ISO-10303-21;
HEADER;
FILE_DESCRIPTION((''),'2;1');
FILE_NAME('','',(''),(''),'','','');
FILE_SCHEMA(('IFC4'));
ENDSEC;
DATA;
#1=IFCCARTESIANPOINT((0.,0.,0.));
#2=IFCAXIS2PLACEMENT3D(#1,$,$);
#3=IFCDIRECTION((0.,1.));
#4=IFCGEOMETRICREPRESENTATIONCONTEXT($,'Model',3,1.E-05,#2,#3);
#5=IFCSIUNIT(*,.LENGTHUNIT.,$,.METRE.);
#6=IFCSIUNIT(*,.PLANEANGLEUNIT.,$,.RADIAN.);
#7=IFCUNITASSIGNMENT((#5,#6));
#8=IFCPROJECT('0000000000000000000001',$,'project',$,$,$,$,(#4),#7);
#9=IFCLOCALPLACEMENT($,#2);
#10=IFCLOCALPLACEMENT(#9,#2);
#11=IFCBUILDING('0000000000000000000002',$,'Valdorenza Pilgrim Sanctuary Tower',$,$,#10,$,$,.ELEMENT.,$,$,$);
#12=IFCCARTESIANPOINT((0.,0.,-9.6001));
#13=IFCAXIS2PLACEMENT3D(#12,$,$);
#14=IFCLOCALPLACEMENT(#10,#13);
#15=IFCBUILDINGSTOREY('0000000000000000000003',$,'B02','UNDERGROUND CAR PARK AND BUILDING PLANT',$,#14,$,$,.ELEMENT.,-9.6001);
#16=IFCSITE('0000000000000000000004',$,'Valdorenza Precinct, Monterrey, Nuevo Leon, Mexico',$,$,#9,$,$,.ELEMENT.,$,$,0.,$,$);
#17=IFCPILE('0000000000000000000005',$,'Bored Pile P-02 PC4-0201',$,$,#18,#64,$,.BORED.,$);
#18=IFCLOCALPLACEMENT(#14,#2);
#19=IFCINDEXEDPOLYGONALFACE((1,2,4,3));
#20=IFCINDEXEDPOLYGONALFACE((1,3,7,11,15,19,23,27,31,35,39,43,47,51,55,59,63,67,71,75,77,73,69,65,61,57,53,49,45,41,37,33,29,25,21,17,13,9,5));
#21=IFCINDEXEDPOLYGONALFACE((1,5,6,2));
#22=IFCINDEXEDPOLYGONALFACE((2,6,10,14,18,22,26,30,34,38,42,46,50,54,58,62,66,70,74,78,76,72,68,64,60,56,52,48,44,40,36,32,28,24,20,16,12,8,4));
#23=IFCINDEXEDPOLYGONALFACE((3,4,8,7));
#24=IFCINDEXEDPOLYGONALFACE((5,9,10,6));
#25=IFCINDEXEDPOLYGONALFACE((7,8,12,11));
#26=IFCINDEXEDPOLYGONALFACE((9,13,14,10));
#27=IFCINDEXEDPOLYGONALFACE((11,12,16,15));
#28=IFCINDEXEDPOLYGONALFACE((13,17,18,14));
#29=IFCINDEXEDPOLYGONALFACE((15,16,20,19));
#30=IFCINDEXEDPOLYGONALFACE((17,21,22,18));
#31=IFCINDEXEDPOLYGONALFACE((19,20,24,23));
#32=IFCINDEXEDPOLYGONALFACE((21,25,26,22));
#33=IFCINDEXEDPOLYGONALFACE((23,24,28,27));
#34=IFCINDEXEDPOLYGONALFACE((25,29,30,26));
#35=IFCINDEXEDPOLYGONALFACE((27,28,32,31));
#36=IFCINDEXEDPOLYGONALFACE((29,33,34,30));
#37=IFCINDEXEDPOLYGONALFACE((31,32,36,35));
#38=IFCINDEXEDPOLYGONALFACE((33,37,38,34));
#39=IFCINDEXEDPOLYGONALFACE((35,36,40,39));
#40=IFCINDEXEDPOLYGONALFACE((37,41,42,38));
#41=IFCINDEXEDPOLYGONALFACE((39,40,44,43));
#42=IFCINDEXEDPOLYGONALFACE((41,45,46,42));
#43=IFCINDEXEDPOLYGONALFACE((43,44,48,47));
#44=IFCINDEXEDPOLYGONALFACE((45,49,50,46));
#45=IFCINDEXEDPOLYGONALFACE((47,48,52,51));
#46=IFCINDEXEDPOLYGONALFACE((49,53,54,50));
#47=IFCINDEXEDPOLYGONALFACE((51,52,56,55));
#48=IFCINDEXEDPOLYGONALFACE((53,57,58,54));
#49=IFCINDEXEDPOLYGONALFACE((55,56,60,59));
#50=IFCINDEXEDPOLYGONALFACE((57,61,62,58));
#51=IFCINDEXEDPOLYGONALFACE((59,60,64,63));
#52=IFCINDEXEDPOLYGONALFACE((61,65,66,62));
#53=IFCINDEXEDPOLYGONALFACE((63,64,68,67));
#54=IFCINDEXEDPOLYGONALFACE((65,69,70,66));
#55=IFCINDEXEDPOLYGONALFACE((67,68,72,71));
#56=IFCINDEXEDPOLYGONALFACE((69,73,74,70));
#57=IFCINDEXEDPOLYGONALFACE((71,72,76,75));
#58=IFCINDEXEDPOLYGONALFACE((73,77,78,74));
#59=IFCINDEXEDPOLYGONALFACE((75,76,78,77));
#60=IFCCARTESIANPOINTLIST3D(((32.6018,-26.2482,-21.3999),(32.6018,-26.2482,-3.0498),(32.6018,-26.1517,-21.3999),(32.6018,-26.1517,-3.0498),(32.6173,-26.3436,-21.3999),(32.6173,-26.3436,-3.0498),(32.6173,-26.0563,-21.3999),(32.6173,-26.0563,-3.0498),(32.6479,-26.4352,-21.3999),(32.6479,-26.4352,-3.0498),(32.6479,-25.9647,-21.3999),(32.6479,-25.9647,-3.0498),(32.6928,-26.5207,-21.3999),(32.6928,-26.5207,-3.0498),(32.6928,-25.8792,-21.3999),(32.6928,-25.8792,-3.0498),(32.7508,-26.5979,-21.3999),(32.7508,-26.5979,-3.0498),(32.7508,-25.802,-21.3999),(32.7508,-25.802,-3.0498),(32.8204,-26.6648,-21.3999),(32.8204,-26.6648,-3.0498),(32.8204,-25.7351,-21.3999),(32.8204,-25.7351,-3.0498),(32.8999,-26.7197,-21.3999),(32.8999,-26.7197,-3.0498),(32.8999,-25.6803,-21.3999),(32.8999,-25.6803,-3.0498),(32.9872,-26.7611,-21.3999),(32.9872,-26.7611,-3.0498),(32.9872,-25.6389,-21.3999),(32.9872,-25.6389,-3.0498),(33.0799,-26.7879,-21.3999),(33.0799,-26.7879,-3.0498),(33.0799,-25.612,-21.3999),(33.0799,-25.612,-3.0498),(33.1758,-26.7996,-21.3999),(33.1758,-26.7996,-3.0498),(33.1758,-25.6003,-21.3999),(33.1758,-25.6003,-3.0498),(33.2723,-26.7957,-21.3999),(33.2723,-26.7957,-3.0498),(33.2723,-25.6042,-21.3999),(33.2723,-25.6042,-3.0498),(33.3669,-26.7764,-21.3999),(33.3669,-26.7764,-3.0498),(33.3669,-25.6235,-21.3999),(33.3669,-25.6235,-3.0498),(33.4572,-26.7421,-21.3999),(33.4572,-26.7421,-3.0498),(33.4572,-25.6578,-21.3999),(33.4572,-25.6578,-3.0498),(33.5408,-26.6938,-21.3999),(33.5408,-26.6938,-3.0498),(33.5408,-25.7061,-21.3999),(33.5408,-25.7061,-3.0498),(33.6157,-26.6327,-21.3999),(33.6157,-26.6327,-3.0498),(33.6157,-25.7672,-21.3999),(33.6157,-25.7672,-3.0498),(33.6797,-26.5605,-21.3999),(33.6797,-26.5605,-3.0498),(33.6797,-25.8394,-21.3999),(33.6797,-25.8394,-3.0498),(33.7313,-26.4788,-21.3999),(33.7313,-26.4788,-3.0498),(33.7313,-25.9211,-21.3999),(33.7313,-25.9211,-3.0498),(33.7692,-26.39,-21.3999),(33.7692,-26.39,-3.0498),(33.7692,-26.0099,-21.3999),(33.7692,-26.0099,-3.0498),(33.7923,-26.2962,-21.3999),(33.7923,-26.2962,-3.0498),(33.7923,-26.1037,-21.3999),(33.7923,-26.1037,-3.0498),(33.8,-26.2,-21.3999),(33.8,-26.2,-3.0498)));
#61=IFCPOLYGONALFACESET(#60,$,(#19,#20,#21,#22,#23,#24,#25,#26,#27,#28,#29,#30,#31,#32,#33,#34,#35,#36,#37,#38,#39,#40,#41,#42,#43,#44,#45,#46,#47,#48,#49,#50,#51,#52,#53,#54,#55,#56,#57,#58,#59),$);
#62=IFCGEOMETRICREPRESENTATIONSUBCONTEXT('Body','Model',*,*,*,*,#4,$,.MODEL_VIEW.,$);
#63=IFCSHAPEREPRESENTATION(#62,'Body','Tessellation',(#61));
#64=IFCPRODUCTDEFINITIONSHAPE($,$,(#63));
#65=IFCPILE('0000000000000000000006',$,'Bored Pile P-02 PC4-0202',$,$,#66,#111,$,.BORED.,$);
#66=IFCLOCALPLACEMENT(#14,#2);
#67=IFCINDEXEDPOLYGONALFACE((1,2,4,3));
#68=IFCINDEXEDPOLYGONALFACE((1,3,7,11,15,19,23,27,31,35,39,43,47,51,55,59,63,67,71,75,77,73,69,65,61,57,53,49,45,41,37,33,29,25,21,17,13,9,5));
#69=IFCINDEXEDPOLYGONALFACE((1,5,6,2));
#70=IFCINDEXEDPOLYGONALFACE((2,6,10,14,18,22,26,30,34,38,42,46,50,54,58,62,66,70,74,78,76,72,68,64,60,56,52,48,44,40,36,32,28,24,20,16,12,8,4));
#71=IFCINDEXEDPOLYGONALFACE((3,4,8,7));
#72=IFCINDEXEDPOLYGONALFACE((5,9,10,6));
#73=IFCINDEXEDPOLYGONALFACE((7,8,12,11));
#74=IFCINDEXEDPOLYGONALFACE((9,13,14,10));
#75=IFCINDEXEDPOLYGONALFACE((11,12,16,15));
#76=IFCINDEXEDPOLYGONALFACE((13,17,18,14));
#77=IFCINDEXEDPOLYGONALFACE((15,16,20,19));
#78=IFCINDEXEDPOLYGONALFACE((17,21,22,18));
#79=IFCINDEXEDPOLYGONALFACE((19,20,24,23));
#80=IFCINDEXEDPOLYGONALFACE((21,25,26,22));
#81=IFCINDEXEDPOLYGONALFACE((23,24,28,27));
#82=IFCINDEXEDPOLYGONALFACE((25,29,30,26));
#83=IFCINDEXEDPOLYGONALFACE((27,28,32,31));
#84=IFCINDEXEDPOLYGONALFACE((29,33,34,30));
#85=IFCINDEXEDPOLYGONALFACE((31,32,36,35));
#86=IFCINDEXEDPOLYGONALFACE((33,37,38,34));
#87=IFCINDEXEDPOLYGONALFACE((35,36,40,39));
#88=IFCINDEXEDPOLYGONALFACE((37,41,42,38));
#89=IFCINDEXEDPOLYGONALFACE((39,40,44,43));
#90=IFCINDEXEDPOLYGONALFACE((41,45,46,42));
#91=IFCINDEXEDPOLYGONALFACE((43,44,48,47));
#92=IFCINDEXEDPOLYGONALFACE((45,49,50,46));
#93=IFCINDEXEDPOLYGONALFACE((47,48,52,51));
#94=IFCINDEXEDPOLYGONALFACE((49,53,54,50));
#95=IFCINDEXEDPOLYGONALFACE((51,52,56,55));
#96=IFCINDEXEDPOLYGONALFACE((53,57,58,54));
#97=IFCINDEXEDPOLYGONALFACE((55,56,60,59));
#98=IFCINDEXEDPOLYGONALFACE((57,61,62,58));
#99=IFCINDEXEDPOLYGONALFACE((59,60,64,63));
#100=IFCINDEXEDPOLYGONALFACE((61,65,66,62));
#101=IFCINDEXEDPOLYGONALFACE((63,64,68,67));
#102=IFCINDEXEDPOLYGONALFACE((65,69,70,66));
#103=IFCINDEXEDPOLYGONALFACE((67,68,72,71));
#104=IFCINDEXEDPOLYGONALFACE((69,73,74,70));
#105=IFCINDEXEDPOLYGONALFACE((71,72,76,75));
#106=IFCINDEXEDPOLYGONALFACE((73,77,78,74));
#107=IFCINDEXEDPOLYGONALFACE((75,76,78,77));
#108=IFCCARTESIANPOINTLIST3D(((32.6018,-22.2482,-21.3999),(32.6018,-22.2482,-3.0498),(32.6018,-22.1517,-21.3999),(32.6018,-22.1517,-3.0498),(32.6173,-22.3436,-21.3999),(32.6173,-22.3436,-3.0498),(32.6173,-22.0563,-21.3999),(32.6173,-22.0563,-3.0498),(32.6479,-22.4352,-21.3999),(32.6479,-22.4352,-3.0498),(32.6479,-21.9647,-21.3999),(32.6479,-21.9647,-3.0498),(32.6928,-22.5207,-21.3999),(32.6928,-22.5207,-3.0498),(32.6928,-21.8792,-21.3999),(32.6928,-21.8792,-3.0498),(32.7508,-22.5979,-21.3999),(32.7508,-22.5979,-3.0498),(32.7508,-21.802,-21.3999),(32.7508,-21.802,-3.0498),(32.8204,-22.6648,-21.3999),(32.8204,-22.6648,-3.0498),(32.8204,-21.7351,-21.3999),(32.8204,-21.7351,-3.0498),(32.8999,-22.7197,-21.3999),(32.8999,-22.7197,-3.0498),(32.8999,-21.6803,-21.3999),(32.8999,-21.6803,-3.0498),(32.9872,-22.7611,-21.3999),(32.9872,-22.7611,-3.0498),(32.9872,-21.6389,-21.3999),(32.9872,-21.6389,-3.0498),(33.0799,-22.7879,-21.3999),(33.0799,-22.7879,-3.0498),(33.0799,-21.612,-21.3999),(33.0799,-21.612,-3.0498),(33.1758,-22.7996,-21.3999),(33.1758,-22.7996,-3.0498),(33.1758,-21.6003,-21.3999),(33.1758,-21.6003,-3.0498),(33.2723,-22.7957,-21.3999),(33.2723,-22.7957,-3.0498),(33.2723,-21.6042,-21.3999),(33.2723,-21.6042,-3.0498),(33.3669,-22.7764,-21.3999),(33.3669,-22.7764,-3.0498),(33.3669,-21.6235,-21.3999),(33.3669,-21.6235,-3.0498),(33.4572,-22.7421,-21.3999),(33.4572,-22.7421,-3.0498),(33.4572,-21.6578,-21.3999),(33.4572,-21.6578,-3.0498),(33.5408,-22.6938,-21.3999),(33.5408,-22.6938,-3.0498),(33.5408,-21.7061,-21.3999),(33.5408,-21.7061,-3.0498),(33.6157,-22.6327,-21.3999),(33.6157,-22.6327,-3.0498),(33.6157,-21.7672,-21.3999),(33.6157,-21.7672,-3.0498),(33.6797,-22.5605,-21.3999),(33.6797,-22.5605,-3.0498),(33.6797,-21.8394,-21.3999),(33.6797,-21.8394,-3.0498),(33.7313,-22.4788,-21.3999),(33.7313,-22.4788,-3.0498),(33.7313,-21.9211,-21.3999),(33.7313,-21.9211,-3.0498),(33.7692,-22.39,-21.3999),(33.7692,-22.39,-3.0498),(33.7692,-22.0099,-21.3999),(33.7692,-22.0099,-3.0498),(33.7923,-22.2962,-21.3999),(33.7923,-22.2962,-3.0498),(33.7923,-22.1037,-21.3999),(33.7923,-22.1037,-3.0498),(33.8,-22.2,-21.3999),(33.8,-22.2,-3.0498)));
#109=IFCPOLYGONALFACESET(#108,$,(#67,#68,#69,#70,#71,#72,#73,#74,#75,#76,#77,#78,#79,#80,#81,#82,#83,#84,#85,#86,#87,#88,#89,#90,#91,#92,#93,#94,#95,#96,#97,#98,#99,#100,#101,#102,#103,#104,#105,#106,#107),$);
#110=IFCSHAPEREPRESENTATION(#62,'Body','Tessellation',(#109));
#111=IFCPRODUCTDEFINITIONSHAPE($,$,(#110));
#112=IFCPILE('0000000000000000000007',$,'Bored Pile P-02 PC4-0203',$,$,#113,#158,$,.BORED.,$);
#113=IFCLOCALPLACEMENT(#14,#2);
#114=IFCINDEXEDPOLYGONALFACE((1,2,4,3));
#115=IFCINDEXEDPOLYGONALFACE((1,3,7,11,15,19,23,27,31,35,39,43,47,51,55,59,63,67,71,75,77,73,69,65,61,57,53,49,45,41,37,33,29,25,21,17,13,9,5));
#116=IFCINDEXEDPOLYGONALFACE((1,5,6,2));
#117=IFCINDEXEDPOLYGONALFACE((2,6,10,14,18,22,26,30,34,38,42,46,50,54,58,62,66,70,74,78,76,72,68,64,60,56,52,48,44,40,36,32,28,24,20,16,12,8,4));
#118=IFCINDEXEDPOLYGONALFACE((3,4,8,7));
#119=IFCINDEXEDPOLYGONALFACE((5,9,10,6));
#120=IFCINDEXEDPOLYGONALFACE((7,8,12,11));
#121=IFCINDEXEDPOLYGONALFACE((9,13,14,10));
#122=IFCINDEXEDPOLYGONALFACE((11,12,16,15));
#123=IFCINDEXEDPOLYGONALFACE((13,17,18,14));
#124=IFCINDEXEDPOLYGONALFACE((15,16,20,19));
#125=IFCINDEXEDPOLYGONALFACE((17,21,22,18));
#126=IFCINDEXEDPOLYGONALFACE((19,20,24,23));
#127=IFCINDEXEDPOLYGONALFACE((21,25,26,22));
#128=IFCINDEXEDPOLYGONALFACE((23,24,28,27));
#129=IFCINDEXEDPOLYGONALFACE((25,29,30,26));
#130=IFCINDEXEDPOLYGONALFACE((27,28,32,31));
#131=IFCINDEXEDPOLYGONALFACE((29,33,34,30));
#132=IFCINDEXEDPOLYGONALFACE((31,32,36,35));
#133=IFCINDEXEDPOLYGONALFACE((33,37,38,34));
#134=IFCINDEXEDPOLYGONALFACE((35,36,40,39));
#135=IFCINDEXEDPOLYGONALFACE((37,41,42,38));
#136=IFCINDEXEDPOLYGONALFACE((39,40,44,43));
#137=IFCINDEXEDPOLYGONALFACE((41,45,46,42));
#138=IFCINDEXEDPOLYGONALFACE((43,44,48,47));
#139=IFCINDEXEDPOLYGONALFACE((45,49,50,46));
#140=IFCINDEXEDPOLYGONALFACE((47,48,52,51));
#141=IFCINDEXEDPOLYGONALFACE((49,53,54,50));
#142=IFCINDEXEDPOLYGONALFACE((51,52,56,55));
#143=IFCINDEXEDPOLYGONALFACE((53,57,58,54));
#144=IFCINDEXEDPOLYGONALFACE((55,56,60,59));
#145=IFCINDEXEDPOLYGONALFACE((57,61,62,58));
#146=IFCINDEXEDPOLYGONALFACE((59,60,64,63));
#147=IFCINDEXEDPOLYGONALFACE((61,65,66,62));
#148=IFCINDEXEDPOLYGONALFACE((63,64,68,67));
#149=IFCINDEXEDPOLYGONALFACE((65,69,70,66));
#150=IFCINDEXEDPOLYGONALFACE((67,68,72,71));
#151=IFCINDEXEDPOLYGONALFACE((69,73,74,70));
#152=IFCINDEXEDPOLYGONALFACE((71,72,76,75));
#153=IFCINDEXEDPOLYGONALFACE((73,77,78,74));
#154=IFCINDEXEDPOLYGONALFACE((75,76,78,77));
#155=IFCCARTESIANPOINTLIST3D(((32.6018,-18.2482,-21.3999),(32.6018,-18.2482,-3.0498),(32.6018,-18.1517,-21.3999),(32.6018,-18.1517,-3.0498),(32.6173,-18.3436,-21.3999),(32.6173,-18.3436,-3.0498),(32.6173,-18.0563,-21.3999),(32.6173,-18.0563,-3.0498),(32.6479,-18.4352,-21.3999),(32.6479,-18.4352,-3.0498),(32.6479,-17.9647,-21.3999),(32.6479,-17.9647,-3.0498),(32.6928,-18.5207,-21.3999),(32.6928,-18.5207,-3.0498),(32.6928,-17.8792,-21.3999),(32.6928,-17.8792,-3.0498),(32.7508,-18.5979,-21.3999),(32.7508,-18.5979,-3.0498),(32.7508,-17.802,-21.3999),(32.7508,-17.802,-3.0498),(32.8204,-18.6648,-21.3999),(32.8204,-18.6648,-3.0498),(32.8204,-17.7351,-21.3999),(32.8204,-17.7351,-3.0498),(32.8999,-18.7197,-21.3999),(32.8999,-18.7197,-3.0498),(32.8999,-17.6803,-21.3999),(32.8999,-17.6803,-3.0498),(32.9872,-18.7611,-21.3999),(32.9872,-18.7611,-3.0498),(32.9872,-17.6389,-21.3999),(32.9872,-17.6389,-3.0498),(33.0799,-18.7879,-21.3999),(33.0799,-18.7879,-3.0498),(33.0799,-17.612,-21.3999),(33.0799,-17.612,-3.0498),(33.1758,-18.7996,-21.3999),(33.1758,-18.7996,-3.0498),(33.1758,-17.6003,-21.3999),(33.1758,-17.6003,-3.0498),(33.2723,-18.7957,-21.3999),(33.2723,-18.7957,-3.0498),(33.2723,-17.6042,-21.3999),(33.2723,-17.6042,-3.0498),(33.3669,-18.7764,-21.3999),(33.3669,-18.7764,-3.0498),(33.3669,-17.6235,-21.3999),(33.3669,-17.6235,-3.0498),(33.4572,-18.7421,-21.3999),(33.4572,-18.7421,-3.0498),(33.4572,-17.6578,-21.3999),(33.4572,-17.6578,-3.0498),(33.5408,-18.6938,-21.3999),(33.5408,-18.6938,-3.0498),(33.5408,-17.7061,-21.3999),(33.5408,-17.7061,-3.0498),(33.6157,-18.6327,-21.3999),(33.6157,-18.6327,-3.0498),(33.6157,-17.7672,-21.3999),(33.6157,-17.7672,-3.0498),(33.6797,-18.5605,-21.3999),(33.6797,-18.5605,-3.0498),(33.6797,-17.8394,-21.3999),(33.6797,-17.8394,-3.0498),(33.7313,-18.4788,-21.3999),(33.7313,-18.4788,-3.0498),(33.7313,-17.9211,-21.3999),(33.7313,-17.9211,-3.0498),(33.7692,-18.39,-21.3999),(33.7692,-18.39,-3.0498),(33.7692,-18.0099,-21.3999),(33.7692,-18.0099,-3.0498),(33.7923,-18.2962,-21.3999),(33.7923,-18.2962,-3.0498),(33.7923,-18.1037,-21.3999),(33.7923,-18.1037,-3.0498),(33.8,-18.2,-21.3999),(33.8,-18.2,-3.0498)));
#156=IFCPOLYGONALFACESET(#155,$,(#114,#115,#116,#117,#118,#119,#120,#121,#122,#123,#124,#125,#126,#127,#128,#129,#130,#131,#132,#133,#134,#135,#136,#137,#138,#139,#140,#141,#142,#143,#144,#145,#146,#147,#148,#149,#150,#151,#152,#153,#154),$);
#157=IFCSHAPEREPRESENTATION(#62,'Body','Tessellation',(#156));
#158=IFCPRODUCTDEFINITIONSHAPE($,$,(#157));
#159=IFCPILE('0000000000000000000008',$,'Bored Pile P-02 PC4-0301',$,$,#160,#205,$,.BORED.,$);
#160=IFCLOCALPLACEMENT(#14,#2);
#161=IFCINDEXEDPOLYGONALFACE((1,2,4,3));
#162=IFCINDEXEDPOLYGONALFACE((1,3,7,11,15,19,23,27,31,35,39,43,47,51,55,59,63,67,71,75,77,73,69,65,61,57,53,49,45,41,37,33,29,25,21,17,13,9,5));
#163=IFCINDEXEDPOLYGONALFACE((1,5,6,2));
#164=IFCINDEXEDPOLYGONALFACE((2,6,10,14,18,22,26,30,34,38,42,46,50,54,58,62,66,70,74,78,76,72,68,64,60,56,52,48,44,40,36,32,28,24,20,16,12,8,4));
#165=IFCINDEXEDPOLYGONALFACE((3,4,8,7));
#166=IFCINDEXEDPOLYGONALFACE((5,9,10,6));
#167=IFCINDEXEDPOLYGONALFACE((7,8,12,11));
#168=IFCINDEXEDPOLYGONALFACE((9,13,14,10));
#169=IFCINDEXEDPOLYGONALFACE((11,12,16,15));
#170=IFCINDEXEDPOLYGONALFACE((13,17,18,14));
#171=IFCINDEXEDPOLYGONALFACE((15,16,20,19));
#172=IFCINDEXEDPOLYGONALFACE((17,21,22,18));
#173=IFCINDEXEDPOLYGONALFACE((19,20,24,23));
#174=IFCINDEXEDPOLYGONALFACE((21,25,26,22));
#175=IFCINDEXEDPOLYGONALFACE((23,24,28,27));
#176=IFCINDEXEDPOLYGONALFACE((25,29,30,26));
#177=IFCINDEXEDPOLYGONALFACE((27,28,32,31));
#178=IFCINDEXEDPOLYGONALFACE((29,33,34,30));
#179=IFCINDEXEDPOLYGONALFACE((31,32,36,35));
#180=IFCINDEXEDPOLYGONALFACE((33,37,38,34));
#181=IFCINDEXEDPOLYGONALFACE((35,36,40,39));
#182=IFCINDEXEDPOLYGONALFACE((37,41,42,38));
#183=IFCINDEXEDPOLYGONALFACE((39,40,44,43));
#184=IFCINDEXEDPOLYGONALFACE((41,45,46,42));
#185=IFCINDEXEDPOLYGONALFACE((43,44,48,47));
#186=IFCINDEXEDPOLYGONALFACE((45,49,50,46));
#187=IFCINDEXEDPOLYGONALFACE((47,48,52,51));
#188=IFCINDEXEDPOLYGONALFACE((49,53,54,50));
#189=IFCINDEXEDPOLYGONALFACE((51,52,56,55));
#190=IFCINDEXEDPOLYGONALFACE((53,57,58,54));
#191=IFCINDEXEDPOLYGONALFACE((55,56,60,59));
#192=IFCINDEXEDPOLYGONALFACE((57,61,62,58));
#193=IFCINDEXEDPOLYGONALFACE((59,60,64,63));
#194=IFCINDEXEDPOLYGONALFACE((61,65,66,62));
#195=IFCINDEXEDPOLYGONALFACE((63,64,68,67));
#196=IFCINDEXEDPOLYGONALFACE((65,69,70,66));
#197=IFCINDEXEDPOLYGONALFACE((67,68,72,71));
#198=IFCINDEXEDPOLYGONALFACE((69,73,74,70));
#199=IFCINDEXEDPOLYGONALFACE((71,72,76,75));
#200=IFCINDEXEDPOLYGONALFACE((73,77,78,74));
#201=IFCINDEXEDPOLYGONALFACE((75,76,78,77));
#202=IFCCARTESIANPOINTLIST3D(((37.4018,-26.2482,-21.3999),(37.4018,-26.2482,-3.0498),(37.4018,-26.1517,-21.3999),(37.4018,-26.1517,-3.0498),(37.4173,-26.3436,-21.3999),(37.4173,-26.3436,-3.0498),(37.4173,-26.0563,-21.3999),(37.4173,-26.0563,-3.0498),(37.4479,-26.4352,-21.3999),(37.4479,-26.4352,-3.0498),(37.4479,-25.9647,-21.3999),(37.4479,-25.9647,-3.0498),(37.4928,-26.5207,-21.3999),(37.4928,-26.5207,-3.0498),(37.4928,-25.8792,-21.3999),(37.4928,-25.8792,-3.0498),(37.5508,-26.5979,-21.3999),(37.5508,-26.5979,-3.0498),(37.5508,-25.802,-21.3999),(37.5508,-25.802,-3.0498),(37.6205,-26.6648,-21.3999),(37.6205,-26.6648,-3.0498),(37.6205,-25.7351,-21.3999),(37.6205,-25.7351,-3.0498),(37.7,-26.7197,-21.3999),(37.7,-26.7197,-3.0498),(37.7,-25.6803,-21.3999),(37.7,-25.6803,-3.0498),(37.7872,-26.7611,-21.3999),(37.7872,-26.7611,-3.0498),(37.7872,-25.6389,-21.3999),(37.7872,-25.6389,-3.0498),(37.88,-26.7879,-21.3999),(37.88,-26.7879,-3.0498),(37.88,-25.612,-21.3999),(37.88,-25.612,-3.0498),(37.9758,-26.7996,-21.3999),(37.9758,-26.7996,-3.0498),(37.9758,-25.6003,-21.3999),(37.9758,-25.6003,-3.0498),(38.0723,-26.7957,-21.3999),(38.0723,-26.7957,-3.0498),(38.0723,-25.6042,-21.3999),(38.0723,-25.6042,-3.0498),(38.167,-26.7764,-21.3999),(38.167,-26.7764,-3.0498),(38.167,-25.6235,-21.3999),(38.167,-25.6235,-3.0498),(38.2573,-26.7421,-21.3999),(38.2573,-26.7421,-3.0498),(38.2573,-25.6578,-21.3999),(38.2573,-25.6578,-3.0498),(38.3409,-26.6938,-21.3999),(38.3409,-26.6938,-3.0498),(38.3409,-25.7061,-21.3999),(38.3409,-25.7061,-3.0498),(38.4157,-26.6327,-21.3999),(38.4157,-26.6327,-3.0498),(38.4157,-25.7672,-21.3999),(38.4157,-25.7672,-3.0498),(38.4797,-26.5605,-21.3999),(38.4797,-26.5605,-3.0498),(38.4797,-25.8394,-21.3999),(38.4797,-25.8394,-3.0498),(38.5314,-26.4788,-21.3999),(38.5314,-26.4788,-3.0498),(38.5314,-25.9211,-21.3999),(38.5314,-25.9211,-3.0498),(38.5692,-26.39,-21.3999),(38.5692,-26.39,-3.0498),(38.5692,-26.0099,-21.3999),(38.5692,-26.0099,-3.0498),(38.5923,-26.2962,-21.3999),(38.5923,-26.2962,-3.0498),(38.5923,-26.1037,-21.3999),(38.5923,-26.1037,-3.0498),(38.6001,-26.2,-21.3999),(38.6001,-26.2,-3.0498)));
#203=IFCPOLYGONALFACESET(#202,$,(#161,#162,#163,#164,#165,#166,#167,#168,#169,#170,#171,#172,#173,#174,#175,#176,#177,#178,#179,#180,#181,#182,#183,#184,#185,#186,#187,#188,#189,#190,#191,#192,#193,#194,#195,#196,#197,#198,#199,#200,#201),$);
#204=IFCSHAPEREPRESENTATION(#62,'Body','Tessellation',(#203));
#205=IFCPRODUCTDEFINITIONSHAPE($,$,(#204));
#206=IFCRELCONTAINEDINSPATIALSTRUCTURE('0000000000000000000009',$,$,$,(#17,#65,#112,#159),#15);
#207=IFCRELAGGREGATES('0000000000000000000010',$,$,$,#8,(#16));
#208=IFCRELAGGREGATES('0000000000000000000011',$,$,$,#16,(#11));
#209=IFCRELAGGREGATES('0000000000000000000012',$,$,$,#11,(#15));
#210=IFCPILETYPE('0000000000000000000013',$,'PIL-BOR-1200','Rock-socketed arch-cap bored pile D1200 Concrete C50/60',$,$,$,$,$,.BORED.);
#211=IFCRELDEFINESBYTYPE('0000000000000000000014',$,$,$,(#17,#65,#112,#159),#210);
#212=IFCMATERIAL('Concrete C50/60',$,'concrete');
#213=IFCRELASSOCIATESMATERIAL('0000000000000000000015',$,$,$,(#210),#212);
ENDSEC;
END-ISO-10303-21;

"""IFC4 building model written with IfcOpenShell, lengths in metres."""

from ifc_helpers import new_model, si_unit, direction, frame, origin, origin_2d, place, context, subcontext, project, spatial, circle, extrude, source, transform, mapped, material, material_profile, profile_set, type_object, element, save


model = new_model("IFC4")

# Units and contexts
model_context = context("Model", 3, precision=1e-05, world=origin(), true_north=direction((0.0, 1.0)))
body_context = subcontext(model_context, "Body", "Model", "MODEL_VIEW")
ifc_project = project(units=[si_unit("LENGTHUNIT", "METRE"), si_unit("PLANEANGLEUNIT", "RADIAN")], contexts=[model_context])

# Site, building, storey
site_placement = place(None, origin())
site = spatial("IfcSite", under=ifc_project, at=site_placement, Name="Valdorenza Precinct, Monterrey, Nuevo Leon, Mexico", CompositionType="ELEMENT", RefElevation=0.0)
building_placement = place(site_placement, origin())
building = spatial("IfcBuilding", under=site, at=building_placement, Name="Valdorenza Pilgrim Sanctuary Tower", CompositionType="ELEMENT")
storey_placement = place(building_placement, frame((0.0, 0.0, -9.6001)))
storey = spatial("IfcBuildingStorey", under=building, at=storey_placement, Name="B02", Description="UNDERGROUND CAR PARK AND BUILDING PLANT", CompositionType="ELEMENT", Elevation=-9.6001)

# Shared definitions
ifc_material_1 = material(Name="Concrete C50/60", Category="concrete")

# Piles
ifc_material_profile_1 = material_profile(ifc_material_1, circle(Radius=0.6001, at=origin_2d()), Name="BORED PILE 1200")
ifc_profile_set_1 = profile_set([ifc_material_profile_1], Name="Concrete C50/60")
pile_type_1 = type_object("IfcPileType", Name="PIL-BOR-1200", Description="Rock-socketed arch-cap bored pile D1200 Concrete C50/60", PredefinedType="BORED", material=ifc_profile_set_1)
shared_shape_1 = source(origin(), body_context, "Body", "SweptSolid", [
    extrude(circle(Radius=0.6001, at=origin_2d()), origin(), (0.0, 0.0, 1.0), 18.3501),
])
for number, where, z_axis, x_axis, name in (
    (1, (33.2, -26.2, -3.0498), (0.0, 0.0, -1.0), (1.0, 0.0, 0.0), "Bored Pile P-02 PC4-0201"),
    (2, (33.2, -22.2, -3.0498), (0.0, 0.0, -1.0), (1.0, 0.0, 0.0), "Bored Pile P-02 PC4-0202"),
    (3, (33.2, -18.2, -3.0498), (0.0, 0.0, -1.0), (1.0, 0.0, 0.0), "Bored Pile P-02 PC4-0203"),
    (4, (38.0, -26.2, -3.0498), (0.0, 0.0, -1.0), (1.0, 0.0, 0.0), "Bored Pile P-02 PC4-0301"),
):
    element("IfcPile", number, at=place(storey_placement, frame(where, z_axis=z_axis, x_axis=x_axis)), inside=storey, type_object=pile_type_1, Name=name, PredefinedType="BORED", context=body_context, shape_type="MappedRepresentation", body=[
        mapped(shared_shape_1, transform((0.0, 0.0, 0.0), x_axis=(1.0, 0.0, 0.0), y_axis=(0.0, 1.0, 0.0), z_axis=(0.0, 0.0, 1.0), scale=1.0)),
    ])

save(model, "model.ifc")
